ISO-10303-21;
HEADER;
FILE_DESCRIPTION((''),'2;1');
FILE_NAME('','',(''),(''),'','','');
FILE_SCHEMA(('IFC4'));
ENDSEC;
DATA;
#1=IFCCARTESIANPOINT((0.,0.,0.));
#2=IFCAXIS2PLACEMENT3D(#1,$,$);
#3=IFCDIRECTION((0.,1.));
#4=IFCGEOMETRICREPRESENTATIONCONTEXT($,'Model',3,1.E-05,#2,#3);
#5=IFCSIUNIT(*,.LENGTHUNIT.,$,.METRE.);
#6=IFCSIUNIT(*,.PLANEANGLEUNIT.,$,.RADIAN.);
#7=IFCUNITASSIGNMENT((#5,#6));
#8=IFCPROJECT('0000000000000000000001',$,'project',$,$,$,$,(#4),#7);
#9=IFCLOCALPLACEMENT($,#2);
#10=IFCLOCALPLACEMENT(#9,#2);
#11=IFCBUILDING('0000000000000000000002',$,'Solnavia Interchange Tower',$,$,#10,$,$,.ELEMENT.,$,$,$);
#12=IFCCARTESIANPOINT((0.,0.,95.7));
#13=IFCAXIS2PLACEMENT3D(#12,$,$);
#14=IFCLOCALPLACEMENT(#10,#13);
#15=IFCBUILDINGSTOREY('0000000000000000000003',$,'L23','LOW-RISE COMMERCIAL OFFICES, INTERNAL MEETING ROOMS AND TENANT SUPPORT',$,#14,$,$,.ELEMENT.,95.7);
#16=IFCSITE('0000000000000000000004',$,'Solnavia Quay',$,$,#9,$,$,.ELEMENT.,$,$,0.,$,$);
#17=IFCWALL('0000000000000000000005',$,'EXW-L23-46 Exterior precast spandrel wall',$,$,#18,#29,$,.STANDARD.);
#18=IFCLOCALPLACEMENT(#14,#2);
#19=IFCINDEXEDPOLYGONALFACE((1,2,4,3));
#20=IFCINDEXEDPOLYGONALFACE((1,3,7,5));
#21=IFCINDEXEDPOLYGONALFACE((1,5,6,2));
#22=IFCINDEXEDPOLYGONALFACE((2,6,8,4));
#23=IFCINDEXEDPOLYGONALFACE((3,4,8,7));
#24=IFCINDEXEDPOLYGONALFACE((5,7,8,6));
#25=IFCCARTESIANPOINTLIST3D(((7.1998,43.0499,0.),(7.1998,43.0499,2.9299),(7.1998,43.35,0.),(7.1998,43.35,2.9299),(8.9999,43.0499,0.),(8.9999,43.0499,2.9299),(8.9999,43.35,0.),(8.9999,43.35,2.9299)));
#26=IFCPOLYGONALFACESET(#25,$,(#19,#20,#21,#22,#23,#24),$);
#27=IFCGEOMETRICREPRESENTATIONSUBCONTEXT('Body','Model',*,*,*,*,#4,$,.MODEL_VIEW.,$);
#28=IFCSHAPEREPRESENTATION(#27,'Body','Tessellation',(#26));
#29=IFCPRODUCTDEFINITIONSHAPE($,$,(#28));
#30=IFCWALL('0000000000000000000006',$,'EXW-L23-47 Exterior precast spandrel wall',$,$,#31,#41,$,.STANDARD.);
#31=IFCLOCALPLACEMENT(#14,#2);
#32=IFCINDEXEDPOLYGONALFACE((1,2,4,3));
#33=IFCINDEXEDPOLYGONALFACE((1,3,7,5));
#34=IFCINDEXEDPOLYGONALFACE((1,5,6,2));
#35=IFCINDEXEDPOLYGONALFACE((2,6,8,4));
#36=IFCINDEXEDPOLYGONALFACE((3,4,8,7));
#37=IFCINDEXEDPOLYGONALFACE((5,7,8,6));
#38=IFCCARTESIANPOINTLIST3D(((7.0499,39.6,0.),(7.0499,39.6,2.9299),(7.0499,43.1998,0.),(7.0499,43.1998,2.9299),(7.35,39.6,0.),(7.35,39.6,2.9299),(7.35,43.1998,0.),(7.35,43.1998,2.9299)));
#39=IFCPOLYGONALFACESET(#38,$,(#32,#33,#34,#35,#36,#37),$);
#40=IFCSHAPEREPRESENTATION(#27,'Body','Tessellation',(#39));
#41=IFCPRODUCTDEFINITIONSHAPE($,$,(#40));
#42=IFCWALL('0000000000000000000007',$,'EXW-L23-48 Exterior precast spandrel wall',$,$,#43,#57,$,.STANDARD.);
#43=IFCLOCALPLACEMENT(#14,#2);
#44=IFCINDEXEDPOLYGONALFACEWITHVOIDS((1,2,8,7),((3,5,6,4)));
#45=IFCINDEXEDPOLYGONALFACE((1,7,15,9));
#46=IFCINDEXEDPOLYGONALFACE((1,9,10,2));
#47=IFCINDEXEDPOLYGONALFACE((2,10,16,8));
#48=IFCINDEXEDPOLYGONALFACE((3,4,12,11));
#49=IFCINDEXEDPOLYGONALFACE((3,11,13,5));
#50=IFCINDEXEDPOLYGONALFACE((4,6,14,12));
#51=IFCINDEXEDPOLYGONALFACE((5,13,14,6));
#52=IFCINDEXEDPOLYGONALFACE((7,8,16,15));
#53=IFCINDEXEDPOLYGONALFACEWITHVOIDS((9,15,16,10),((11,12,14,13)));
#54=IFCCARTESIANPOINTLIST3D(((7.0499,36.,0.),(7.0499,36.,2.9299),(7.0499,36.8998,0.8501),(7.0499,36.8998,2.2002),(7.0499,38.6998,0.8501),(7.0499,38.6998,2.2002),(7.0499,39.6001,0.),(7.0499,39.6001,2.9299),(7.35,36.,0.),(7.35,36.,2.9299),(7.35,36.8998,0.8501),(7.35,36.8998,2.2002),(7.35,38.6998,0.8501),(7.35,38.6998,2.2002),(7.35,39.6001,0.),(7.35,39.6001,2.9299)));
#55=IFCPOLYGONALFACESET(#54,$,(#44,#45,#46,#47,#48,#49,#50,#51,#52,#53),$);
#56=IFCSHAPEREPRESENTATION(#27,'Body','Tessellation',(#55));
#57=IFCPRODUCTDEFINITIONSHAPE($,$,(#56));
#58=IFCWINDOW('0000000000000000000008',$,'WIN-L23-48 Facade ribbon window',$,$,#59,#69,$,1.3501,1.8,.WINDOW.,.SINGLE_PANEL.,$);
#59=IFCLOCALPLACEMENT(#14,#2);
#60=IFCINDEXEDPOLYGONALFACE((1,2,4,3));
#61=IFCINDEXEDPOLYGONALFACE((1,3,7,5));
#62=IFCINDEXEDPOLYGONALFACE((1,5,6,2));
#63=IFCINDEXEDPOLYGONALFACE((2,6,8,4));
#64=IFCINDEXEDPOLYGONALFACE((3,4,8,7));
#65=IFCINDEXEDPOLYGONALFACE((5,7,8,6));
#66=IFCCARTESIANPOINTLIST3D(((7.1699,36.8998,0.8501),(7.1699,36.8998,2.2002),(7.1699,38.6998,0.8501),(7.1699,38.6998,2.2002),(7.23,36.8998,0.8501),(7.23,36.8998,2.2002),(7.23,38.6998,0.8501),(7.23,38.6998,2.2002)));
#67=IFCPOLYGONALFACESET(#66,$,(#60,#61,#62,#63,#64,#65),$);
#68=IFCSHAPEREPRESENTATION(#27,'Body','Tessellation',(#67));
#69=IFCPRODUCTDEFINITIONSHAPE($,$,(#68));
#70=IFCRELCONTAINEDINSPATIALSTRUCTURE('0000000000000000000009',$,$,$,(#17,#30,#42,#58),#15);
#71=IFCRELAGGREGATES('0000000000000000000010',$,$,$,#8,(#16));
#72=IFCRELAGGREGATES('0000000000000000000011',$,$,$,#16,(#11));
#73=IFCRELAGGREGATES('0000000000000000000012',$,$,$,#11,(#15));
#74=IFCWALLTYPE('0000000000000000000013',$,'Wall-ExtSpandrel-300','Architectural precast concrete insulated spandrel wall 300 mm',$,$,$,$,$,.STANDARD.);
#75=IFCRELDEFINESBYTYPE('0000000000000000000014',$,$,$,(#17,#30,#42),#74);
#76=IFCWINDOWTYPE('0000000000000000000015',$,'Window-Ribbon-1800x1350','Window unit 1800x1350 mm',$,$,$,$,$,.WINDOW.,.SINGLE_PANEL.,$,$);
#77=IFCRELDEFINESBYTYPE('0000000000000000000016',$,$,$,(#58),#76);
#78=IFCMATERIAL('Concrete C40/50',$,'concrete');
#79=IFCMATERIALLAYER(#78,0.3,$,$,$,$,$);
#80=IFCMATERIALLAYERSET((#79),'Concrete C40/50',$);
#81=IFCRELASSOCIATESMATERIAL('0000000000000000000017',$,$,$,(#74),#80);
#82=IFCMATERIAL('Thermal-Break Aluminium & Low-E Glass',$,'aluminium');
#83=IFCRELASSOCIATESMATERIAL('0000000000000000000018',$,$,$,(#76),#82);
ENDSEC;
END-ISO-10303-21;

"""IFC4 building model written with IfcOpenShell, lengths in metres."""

from ifc_helpers import new_model, si_unit, direction, frame, frame_2d, origin, place, context, subcontext, project, spatial, rectangle, extrude, material, layer, layer_set, type_object, element, fill, save


model = new_model("IFC4")

# Units and contexts
model_context = context("Model", 3, precision=1e-05, world=origin(), true_north=direction((0.0, 1.0)))
body_context = subcontext(model_context, "Body", "Model", "MODEL_VIEW")
ifc_project = project(units=[si_unit("LENGTHUNIT", "METRE"), si_unit("PLANEANGLEUNIT", "RADIAN")], contexts=[model_context])

# Site, building, storey
site_placement = place(None, origin())
site = spatial("IfcSite", under=ifc_project, at=site_placement, Name="Solnavia Quay", CompositionType="ELEMENT", RefElevation=0.0)
building_placement = place(site_placement, origin())
building = spatial("IfcBuilding", under=site, at=building_placement, Name="Solnavia Interchange Tower", CompositionType="ELEMENT")
storey_placement = place(building_placement, frame((0.0, 0.0, 95.7)))
storey = spatial("IfcBuildingStorey", under=building, at=storey_placement, Name="L23", Description="LOW-RISE COMMERCIAL OFFICES, INTERNAL MEETING ROOMS AND TENANT SUPPORT", CompositionType="ELEMENT", Elevation=95.7)

# Walls
ifc_material_1 = material(Name="Concrete C40/50", Category="concrete")
ifc_layer_1 = layer(ifc_material_1, 0.3)
ifc_layer_set_1 = layer_set([ifc_layer_1], Name="Concrete C40/50")
wall_type_1 = type_object("IfcWallType", Name="Wall-ExtSpandrel-300", Description="Architectural precast concrete insulated spandrel wall 300 mm", PredefinedType="STANDARD", material=ifc_layer_set_1)
wall_1_placement = place(storey_placement, frame((7.2, 43.2, 0.0), z_axis=(0.0, 0.0, 1.0), x_axis=(1.0, 0.0, 0.0)))
element("IfcWall", 1, at=wall_1_placement, inside=storey, type_object=wall_type_1, Name="EXW-L23-46 Exterior precast spandrel wall", PredefinedType="STANDARD", context=body_context, shape_type="SweptSolid", body=[
    extrude(rectangle(XDim=1.8, YDim=0.3, at=frame_2d((0.8999, 0.0))), origin(), (0.0, 0.0, 1.0), 2.9299),
])
wall_2_placement = place(storey_placement, frame((7.2, 39.6001, 0.0), z_axis=(0.0, 0.0, 1.0), x_axis=(0.0, 1.0, 0.0)))
element("IfcWall", 2, at=wall_2_placement, inside=storey, type_object=wall_type_1, Name="EXW-L23-47 Exterior precast spandrel wall", PredefinedType="STANDARD", context=body_context, shape_type="SweptSolid", body=[
    extrude(rectangle(XDim=3.5999, YDim=0.3, at=frame_2d((1.7998, 0.0))), origin(), (0.0, 0.0, 1.0), 2.9299),
])

# Wall, opening, window
wall_3_placement = place(storey_placement, frame((7.2, 36.0, 0.0), z_axis=(0.0, 0.0, 1.0), x_axis=(0.0, 1.0, 0.0)))
wall_3 = element("IfcWall", 3, at=wall_3_placement, inside=storey, type_object=wall_type_1, Name="EXW-L23-48 Exterior precast spandrel wall", PredefinedType="STANDARD", context=body_context, shape_type="SweptSolid", body=[
    extrude(rectangle(XDim=3.6001, YDim=0.3, at=frame_2d((1.8, 0.0))), origin(), (0.0, 0.0, 1.0), 2.9299),
])
opening_placement = place(wall_3_placement, frame((0.8999, 0.0, 0.8501)))
opening = element("IfcOpeningElement", 4, at=opening_placement, cuts=wall_3, PredefinedType="OPENING", context=body_context, shape_type="SweptSolid", body=[
    extrude(rectangle(XDim=1.8, YDim=1.3501, at=frame_2d((0.8999, 0.675))), frame((0.0, 0.1602, 0.0), z_axis=(0.0, -1.0, 0.0), x_axis=(1.0, 0.0, 0.0)), (0.0, 0.0, 1.0), 0.3201),
])
ifc_material_2 = material(Name="Thermal-Break Aluminium & Low-E Glass", Category="aluminium")
window_type = type_object("IfcWindowType", Name="Window-Ribbon-1800x1350", Description="Window unit 1800x1350 mm", PartitioningType="SINGLE_PANEL", PredefinedType="WINDOW", material=ifc_material_2)
window_placement = place(opening_placement, origin())
window = element("IfcWindow", 5, at=window_placement, inside=storey, type_object=window_type, Name="WIN-L23-48 Facade ribbon window", OverallHeight=1.3501, OverallWidth=1.8, PartitioningType="SINGLE_PANEL", PredefinedType="WINDOW", context=body_context, shape_type="SweptSolid", body=[
    extrude(rectangle(XDim=1.8, YDim=1.3501, at=frame_2d((0.8999, 0.675))), frame((0.0, 0.03, 0.0), z_axis=(0.0, -1.0, 0.0), x_axis=(1.0, 0.0, 0.0)), (0.0, 0.0, 1.0), 0.0601),
])
fill(opening, window)

save(model, "model.ifc")
